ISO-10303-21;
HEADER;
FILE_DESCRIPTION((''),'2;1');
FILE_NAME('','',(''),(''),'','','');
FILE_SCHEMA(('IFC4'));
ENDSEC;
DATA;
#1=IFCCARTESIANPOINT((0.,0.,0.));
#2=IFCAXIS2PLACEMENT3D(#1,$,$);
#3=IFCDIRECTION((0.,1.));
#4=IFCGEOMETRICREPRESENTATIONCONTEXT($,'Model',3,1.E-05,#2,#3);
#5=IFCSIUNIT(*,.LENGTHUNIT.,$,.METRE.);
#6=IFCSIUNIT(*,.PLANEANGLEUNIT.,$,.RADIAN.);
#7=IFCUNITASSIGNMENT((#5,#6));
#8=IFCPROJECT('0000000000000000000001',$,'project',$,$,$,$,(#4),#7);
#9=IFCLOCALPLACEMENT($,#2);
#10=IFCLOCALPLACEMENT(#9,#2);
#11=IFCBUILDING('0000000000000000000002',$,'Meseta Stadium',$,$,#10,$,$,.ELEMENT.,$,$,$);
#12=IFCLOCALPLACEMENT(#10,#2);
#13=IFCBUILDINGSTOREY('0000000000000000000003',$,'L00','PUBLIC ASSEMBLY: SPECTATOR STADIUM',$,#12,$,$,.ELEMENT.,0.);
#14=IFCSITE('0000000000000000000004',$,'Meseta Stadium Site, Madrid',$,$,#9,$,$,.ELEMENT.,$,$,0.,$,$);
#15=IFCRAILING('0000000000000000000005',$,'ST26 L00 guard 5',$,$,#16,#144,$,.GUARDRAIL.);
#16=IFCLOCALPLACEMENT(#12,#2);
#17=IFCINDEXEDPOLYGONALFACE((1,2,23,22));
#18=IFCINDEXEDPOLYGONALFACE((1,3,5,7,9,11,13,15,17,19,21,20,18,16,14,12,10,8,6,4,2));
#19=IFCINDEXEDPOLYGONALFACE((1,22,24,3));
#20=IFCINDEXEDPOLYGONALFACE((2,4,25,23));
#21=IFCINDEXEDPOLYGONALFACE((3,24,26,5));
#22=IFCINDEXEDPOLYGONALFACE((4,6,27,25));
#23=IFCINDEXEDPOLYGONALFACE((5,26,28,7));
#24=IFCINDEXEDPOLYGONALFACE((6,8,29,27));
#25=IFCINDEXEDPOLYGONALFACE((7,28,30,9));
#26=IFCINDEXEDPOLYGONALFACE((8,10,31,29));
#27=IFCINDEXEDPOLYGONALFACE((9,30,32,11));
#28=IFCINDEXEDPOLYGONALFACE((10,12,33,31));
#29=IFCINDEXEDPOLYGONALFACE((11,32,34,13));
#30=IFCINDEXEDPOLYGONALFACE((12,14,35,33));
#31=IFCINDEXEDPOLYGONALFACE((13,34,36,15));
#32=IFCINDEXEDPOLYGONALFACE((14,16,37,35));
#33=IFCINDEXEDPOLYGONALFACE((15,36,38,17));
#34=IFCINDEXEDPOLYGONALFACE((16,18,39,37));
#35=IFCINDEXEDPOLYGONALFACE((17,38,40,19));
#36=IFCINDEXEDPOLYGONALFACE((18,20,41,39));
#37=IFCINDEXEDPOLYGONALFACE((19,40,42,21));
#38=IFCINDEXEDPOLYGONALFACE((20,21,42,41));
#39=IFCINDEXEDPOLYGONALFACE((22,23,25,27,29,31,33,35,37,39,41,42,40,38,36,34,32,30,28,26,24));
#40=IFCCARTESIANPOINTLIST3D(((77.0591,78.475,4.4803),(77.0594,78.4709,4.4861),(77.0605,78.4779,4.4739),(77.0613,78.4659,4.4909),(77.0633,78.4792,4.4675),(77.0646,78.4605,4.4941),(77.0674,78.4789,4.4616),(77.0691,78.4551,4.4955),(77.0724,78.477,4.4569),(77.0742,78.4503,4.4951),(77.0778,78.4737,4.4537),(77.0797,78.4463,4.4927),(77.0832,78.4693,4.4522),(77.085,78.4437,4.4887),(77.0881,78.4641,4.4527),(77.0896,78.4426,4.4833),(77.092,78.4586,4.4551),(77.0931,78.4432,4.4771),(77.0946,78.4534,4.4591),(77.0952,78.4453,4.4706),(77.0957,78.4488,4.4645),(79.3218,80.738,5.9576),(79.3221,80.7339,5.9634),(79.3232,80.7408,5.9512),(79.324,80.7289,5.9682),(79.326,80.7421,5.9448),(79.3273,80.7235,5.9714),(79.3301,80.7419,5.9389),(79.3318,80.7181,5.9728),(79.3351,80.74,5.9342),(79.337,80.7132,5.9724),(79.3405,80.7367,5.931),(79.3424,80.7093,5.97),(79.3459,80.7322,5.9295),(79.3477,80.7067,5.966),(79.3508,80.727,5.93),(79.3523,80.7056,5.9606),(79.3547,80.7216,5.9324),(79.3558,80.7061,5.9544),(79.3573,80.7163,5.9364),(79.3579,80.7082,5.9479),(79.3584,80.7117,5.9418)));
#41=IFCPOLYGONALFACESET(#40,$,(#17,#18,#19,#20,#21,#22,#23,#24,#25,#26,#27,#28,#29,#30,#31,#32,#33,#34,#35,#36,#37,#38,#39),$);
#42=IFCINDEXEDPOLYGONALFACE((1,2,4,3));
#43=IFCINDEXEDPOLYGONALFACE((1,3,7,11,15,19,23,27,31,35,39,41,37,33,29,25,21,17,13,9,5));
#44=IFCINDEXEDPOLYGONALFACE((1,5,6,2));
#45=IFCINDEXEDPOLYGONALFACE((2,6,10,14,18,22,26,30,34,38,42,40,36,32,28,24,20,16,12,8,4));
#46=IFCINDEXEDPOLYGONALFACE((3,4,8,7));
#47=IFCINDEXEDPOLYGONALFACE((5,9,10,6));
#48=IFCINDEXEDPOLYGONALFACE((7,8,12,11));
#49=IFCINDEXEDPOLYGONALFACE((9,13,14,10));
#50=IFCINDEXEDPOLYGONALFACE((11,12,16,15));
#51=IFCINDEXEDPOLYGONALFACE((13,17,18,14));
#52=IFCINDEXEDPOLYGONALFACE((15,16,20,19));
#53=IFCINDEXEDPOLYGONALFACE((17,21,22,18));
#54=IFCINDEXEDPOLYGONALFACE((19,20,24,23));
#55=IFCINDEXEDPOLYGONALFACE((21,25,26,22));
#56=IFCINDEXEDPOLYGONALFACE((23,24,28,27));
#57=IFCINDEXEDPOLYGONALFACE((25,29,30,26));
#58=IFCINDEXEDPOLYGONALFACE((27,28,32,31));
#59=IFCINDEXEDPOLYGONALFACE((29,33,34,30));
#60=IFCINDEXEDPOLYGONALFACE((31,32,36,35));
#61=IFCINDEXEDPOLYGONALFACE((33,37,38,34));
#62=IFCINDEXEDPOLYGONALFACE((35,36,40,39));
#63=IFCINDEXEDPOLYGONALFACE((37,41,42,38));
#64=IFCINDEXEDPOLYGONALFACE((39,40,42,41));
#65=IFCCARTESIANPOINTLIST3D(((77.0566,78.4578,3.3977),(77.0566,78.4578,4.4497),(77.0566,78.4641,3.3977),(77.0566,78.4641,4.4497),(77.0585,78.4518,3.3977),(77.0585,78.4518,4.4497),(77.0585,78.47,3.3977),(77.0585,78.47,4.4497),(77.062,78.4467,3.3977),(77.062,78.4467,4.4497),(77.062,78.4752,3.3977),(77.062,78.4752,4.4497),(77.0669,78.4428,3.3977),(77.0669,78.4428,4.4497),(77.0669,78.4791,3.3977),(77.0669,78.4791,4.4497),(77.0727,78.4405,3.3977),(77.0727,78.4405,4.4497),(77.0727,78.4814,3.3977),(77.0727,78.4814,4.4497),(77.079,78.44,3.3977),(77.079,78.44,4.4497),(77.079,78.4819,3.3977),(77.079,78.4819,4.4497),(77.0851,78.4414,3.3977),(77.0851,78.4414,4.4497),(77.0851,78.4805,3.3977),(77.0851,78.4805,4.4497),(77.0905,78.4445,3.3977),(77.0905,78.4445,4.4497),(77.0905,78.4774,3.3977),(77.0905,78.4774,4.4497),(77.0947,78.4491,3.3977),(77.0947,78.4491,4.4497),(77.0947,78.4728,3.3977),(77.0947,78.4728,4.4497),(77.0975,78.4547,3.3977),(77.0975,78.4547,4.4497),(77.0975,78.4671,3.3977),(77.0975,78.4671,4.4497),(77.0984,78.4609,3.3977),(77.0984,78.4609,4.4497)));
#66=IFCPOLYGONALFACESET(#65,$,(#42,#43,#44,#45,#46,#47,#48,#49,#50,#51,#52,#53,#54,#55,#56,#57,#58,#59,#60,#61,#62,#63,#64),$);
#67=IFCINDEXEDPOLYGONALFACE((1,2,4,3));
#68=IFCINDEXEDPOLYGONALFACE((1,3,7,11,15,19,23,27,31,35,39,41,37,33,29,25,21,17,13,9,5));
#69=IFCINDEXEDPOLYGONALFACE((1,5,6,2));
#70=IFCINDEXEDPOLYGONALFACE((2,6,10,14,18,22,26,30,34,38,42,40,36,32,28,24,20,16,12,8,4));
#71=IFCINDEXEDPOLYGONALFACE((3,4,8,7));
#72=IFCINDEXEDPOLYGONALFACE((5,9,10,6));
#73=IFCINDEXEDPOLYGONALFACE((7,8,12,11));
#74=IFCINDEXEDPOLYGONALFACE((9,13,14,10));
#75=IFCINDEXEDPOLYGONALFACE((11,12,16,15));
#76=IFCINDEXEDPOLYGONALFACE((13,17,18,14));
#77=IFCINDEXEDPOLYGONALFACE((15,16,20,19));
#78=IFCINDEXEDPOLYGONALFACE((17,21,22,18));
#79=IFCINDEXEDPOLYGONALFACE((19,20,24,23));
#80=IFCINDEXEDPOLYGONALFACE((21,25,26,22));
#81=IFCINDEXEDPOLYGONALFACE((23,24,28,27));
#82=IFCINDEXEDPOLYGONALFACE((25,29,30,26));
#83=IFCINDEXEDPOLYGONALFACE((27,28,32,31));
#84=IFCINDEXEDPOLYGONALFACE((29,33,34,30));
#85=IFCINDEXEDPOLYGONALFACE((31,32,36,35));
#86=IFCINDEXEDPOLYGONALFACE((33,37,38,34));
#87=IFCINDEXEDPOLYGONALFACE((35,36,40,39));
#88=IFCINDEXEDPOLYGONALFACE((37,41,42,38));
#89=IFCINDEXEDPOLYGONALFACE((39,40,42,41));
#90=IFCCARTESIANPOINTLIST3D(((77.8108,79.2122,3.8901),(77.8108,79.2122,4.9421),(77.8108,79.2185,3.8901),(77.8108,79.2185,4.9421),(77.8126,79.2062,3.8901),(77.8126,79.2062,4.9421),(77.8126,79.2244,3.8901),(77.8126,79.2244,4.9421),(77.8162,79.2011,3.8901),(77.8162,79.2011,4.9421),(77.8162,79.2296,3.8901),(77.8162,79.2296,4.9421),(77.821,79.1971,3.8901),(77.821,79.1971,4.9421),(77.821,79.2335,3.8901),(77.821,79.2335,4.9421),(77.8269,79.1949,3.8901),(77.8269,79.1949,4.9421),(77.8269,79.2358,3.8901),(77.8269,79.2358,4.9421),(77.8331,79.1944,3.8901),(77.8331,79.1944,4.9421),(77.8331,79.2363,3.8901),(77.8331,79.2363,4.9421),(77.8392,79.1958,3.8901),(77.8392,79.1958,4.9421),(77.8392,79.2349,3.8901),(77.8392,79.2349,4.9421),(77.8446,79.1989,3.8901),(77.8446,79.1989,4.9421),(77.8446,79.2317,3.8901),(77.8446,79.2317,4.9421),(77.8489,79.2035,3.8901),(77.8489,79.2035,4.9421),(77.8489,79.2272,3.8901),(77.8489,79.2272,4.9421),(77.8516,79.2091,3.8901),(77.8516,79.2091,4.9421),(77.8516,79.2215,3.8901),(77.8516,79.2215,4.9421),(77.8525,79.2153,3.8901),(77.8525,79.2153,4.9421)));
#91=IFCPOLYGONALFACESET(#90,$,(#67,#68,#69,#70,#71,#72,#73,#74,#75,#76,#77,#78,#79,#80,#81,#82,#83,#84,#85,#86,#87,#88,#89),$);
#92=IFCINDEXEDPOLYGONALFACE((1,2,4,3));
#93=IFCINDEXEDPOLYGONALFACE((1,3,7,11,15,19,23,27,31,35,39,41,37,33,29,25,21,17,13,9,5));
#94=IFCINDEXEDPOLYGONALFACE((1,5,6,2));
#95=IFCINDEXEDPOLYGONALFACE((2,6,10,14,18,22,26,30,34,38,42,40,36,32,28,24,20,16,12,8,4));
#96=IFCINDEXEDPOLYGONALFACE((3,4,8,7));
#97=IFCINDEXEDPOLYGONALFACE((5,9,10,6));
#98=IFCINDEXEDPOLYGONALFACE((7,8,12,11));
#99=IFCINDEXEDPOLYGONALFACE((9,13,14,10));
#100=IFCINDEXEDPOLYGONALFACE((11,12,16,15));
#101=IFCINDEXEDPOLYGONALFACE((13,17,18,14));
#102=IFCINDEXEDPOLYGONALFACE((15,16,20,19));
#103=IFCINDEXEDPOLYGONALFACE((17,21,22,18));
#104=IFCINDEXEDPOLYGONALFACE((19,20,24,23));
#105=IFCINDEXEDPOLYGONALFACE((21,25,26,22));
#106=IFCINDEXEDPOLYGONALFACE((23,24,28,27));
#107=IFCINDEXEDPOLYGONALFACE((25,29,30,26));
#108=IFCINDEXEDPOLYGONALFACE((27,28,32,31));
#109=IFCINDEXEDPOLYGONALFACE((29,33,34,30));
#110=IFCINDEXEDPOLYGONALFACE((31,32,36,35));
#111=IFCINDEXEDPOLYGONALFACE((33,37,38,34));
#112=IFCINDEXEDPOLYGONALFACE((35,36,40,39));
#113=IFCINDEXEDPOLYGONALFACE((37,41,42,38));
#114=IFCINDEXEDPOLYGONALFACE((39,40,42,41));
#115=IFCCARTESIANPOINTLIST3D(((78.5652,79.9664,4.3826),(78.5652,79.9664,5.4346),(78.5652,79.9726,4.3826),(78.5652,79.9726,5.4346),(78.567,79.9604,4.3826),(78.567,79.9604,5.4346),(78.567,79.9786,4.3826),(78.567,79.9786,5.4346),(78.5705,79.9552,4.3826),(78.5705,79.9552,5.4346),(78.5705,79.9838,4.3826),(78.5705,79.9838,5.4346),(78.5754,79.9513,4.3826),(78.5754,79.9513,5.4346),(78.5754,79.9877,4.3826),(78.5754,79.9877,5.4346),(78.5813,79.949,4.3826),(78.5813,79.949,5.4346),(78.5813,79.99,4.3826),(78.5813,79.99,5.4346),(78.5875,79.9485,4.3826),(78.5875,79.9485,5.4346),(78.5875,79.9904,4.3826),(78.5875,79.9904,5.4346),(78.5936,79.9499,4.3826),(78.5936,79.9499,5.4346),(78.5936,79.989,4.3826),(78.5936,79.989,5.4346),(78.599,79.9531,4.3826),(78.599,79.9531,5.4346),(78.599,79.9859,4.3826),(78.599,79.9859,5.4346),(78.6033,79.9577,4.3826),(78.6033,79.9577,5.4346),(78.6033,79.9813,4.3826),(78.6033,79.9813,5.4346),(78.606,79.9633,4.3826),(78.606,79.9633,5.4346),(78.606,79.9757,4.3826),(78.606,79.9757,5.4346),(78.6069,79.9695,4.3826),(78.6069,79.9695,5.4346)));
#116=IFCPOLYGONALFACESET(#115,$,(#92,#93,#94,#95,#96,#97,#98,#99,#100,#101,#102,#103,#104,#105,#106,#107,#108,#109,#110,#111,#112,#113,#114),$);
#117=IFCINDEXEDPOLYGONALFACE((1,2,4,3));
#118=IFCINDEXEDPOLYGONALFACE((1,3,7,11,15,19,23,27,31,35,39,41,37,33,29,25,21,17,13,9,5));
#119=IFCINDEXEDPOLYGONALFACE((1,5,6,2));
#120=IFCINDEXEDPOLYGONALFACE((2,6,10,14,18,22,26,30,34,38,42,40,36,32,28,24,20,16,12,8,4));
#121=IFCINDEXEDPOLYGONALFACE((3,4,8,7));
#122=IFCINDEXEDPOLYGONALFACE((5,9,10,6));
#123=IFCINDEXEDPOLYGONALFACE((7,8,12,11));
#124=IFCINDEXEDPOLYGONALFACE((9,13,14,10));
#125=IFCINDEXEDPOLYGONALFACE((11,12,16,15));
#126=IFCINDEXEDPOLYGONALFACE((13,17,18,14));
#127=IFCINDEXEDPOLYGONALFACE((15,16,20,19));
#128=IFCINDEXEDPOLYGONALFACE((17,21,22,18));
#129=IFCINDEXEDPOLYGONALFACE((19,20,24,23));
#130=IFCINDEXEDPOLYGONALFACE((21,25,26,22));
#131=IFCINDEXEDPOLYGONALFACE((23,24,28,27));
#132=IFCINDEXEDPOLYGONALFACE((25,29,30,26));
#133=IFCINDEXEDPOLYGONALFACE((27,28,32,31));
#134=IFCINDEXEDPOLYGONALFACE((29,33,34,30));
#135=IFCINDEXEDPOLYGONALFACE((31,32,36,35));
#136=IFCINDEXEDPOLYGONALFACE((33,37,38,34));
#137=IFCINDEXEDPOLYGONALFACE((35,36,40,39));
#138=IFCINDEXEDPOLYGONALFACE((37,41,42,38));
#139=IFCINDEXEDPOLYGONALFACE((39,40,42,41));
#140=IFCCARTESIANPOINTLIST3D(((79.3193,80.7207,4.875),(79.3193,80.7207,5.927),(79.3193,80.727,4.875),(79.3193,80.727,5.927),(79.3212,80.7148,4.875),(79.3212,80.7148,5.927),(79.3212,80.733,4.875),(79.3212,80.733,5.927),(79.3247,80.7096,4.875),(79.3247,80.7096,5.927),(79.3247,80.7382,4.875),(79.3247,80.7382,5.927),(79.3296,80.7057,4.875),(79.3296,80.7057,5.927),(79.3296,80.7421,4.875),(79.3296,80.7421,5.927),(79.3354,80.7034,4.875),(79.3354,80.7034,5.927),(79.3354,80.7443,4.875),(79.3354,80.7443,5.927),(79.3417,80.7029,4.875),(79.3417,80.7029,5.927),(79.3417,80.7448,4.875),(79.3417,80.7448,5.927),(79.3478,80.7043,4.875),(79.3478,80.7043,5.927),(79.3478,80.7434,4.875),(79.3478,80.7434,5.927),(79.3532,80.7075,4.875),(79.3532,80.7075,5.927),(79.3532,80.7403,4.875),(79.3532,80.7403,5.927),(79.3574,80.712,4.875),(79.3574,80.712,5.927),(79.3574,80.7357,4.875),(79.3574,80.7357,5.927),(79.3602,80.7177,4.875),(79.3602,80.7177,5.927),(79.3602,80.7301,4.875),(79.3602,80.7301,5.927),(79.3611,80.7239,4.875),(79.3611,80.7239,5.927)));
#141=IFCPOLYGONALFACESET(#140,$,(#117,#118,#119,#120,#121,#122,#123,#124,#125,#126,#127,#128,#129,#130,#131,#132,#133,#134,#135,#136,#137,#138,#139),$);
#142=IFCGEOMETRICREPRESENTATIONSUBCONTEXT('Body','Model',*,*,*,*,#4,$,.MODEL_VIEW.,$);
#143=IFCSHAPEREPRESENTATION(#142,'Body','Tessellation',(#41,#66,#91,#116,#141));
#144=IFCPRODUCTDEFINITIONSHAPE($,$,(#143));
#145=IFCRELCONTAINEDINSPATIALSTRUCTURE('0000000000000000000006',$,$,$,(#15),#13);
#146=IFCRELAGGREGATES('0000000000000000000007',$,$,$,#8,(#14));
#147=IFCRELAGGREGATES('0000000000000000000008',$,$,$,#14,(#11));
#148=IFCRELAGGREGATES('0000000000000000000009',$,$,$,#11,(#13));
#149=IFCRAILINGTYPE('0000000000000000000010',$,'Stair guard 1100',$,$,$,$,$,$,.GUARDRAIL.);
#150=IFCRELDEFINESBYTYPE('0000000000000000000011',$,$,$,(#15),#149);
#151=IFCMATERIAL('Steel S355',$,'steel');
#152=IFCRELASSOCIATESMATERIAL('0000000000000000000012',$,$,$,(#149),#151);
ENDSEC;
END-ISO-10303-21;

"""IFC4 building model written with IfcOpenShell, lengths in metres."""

from ifc_helpers import new_model, si_unit, direction, frame, origin, origin_2d, place, context, subcontext, project, spatial, circle, extrude, material, type_object, element, save


model = new_model("IFC4")

# Units and contexts
model_context = context("Model", 3, precision=1e-05, world=origin(), true_north=direction((0.0, 1.0)))
body_context = subcontext(model_context, "Body", "Model", "MODEL_VIEW")
ifc_project = project(units=[si_unit("LENGTHUNIT", "METRE"), si_unit("PLANEANGLEUNIT", "RADIAN")], contexts=[model_context])

# Site, building, storey
site_placement = place(None, origin())
site = spatial("IfcSite", under=ifc_project, at=site_placement, Name="Meseta Stadium Site, Madrid", CompositionType="ELEMENT", RefElevation=0.0)
building_placement = place(site_placement, origin())
building = spatial("IfcBuilding", under=site, at=building_placement, Name="Meseta Stadium", CompositionType="ELEMENT")
storey_placement = place(building_placement, origin())
storey = spatial("IfcBuildingStorey", under=building, at=storey_placement, Name="L00", Description="PUBLIC ASSEMBLY: SPECTATOR STADIUM", CompositionType="ELEMENT", Elevation=0.0)

# Railing
ifc_material_1 = material(Name="Steel S355", Category="steel")
railing_type_1 = type_object("IfcRailingType", Name="Stair guard 1100", PredefinedType="GUARDRAIL", material=ifc_material_1)
railing_1_placement = place(storey_placement, frame((77.0774, 78.4609, 3.3977)))
element("IfcRailing", 1, at=railing_1_placement, inside=storey, type_object=railing_type_1, Name="ST26 L00 guard 5", PredefinedType="GUARDRAIL", context=body_context, shape_type="SweptSolid", body=[
    extrude(circle(Radius=0.0239, at=origin_2d()), frame((0.0, 0.0, 1.0762), z_axis=(0.641965, 0.642034, 0.419134), x_axis=(-0.707145, 0.707069, 0.0)), (0.0, 0.0, 1.0), 3.5247),
    extrude(circle(Radius=0.021, at=origin_2d()), origin(), (0.0, 0.0, 1.0), 1.052),
    extrude(circle(Radius=0.021, at=origin_2d()), frame((0.7542, 0.7544, 0.4924)), (0.0, 0.0, 1.0), 1.052),
    extrude(circle(Radius=0.021, at=origin_2d()), frame((1.5085, 1.5085, 0.9849)), (0.0, 0.0, 1.0), 1.052),
    extrude(circle(Radius=0.021, at=origin_2d()), frame((2.2627, 2.2629, 1.4773)), (0.0, 0.0, 1.0), 1.052),
])

save(model, "model.ifc")
